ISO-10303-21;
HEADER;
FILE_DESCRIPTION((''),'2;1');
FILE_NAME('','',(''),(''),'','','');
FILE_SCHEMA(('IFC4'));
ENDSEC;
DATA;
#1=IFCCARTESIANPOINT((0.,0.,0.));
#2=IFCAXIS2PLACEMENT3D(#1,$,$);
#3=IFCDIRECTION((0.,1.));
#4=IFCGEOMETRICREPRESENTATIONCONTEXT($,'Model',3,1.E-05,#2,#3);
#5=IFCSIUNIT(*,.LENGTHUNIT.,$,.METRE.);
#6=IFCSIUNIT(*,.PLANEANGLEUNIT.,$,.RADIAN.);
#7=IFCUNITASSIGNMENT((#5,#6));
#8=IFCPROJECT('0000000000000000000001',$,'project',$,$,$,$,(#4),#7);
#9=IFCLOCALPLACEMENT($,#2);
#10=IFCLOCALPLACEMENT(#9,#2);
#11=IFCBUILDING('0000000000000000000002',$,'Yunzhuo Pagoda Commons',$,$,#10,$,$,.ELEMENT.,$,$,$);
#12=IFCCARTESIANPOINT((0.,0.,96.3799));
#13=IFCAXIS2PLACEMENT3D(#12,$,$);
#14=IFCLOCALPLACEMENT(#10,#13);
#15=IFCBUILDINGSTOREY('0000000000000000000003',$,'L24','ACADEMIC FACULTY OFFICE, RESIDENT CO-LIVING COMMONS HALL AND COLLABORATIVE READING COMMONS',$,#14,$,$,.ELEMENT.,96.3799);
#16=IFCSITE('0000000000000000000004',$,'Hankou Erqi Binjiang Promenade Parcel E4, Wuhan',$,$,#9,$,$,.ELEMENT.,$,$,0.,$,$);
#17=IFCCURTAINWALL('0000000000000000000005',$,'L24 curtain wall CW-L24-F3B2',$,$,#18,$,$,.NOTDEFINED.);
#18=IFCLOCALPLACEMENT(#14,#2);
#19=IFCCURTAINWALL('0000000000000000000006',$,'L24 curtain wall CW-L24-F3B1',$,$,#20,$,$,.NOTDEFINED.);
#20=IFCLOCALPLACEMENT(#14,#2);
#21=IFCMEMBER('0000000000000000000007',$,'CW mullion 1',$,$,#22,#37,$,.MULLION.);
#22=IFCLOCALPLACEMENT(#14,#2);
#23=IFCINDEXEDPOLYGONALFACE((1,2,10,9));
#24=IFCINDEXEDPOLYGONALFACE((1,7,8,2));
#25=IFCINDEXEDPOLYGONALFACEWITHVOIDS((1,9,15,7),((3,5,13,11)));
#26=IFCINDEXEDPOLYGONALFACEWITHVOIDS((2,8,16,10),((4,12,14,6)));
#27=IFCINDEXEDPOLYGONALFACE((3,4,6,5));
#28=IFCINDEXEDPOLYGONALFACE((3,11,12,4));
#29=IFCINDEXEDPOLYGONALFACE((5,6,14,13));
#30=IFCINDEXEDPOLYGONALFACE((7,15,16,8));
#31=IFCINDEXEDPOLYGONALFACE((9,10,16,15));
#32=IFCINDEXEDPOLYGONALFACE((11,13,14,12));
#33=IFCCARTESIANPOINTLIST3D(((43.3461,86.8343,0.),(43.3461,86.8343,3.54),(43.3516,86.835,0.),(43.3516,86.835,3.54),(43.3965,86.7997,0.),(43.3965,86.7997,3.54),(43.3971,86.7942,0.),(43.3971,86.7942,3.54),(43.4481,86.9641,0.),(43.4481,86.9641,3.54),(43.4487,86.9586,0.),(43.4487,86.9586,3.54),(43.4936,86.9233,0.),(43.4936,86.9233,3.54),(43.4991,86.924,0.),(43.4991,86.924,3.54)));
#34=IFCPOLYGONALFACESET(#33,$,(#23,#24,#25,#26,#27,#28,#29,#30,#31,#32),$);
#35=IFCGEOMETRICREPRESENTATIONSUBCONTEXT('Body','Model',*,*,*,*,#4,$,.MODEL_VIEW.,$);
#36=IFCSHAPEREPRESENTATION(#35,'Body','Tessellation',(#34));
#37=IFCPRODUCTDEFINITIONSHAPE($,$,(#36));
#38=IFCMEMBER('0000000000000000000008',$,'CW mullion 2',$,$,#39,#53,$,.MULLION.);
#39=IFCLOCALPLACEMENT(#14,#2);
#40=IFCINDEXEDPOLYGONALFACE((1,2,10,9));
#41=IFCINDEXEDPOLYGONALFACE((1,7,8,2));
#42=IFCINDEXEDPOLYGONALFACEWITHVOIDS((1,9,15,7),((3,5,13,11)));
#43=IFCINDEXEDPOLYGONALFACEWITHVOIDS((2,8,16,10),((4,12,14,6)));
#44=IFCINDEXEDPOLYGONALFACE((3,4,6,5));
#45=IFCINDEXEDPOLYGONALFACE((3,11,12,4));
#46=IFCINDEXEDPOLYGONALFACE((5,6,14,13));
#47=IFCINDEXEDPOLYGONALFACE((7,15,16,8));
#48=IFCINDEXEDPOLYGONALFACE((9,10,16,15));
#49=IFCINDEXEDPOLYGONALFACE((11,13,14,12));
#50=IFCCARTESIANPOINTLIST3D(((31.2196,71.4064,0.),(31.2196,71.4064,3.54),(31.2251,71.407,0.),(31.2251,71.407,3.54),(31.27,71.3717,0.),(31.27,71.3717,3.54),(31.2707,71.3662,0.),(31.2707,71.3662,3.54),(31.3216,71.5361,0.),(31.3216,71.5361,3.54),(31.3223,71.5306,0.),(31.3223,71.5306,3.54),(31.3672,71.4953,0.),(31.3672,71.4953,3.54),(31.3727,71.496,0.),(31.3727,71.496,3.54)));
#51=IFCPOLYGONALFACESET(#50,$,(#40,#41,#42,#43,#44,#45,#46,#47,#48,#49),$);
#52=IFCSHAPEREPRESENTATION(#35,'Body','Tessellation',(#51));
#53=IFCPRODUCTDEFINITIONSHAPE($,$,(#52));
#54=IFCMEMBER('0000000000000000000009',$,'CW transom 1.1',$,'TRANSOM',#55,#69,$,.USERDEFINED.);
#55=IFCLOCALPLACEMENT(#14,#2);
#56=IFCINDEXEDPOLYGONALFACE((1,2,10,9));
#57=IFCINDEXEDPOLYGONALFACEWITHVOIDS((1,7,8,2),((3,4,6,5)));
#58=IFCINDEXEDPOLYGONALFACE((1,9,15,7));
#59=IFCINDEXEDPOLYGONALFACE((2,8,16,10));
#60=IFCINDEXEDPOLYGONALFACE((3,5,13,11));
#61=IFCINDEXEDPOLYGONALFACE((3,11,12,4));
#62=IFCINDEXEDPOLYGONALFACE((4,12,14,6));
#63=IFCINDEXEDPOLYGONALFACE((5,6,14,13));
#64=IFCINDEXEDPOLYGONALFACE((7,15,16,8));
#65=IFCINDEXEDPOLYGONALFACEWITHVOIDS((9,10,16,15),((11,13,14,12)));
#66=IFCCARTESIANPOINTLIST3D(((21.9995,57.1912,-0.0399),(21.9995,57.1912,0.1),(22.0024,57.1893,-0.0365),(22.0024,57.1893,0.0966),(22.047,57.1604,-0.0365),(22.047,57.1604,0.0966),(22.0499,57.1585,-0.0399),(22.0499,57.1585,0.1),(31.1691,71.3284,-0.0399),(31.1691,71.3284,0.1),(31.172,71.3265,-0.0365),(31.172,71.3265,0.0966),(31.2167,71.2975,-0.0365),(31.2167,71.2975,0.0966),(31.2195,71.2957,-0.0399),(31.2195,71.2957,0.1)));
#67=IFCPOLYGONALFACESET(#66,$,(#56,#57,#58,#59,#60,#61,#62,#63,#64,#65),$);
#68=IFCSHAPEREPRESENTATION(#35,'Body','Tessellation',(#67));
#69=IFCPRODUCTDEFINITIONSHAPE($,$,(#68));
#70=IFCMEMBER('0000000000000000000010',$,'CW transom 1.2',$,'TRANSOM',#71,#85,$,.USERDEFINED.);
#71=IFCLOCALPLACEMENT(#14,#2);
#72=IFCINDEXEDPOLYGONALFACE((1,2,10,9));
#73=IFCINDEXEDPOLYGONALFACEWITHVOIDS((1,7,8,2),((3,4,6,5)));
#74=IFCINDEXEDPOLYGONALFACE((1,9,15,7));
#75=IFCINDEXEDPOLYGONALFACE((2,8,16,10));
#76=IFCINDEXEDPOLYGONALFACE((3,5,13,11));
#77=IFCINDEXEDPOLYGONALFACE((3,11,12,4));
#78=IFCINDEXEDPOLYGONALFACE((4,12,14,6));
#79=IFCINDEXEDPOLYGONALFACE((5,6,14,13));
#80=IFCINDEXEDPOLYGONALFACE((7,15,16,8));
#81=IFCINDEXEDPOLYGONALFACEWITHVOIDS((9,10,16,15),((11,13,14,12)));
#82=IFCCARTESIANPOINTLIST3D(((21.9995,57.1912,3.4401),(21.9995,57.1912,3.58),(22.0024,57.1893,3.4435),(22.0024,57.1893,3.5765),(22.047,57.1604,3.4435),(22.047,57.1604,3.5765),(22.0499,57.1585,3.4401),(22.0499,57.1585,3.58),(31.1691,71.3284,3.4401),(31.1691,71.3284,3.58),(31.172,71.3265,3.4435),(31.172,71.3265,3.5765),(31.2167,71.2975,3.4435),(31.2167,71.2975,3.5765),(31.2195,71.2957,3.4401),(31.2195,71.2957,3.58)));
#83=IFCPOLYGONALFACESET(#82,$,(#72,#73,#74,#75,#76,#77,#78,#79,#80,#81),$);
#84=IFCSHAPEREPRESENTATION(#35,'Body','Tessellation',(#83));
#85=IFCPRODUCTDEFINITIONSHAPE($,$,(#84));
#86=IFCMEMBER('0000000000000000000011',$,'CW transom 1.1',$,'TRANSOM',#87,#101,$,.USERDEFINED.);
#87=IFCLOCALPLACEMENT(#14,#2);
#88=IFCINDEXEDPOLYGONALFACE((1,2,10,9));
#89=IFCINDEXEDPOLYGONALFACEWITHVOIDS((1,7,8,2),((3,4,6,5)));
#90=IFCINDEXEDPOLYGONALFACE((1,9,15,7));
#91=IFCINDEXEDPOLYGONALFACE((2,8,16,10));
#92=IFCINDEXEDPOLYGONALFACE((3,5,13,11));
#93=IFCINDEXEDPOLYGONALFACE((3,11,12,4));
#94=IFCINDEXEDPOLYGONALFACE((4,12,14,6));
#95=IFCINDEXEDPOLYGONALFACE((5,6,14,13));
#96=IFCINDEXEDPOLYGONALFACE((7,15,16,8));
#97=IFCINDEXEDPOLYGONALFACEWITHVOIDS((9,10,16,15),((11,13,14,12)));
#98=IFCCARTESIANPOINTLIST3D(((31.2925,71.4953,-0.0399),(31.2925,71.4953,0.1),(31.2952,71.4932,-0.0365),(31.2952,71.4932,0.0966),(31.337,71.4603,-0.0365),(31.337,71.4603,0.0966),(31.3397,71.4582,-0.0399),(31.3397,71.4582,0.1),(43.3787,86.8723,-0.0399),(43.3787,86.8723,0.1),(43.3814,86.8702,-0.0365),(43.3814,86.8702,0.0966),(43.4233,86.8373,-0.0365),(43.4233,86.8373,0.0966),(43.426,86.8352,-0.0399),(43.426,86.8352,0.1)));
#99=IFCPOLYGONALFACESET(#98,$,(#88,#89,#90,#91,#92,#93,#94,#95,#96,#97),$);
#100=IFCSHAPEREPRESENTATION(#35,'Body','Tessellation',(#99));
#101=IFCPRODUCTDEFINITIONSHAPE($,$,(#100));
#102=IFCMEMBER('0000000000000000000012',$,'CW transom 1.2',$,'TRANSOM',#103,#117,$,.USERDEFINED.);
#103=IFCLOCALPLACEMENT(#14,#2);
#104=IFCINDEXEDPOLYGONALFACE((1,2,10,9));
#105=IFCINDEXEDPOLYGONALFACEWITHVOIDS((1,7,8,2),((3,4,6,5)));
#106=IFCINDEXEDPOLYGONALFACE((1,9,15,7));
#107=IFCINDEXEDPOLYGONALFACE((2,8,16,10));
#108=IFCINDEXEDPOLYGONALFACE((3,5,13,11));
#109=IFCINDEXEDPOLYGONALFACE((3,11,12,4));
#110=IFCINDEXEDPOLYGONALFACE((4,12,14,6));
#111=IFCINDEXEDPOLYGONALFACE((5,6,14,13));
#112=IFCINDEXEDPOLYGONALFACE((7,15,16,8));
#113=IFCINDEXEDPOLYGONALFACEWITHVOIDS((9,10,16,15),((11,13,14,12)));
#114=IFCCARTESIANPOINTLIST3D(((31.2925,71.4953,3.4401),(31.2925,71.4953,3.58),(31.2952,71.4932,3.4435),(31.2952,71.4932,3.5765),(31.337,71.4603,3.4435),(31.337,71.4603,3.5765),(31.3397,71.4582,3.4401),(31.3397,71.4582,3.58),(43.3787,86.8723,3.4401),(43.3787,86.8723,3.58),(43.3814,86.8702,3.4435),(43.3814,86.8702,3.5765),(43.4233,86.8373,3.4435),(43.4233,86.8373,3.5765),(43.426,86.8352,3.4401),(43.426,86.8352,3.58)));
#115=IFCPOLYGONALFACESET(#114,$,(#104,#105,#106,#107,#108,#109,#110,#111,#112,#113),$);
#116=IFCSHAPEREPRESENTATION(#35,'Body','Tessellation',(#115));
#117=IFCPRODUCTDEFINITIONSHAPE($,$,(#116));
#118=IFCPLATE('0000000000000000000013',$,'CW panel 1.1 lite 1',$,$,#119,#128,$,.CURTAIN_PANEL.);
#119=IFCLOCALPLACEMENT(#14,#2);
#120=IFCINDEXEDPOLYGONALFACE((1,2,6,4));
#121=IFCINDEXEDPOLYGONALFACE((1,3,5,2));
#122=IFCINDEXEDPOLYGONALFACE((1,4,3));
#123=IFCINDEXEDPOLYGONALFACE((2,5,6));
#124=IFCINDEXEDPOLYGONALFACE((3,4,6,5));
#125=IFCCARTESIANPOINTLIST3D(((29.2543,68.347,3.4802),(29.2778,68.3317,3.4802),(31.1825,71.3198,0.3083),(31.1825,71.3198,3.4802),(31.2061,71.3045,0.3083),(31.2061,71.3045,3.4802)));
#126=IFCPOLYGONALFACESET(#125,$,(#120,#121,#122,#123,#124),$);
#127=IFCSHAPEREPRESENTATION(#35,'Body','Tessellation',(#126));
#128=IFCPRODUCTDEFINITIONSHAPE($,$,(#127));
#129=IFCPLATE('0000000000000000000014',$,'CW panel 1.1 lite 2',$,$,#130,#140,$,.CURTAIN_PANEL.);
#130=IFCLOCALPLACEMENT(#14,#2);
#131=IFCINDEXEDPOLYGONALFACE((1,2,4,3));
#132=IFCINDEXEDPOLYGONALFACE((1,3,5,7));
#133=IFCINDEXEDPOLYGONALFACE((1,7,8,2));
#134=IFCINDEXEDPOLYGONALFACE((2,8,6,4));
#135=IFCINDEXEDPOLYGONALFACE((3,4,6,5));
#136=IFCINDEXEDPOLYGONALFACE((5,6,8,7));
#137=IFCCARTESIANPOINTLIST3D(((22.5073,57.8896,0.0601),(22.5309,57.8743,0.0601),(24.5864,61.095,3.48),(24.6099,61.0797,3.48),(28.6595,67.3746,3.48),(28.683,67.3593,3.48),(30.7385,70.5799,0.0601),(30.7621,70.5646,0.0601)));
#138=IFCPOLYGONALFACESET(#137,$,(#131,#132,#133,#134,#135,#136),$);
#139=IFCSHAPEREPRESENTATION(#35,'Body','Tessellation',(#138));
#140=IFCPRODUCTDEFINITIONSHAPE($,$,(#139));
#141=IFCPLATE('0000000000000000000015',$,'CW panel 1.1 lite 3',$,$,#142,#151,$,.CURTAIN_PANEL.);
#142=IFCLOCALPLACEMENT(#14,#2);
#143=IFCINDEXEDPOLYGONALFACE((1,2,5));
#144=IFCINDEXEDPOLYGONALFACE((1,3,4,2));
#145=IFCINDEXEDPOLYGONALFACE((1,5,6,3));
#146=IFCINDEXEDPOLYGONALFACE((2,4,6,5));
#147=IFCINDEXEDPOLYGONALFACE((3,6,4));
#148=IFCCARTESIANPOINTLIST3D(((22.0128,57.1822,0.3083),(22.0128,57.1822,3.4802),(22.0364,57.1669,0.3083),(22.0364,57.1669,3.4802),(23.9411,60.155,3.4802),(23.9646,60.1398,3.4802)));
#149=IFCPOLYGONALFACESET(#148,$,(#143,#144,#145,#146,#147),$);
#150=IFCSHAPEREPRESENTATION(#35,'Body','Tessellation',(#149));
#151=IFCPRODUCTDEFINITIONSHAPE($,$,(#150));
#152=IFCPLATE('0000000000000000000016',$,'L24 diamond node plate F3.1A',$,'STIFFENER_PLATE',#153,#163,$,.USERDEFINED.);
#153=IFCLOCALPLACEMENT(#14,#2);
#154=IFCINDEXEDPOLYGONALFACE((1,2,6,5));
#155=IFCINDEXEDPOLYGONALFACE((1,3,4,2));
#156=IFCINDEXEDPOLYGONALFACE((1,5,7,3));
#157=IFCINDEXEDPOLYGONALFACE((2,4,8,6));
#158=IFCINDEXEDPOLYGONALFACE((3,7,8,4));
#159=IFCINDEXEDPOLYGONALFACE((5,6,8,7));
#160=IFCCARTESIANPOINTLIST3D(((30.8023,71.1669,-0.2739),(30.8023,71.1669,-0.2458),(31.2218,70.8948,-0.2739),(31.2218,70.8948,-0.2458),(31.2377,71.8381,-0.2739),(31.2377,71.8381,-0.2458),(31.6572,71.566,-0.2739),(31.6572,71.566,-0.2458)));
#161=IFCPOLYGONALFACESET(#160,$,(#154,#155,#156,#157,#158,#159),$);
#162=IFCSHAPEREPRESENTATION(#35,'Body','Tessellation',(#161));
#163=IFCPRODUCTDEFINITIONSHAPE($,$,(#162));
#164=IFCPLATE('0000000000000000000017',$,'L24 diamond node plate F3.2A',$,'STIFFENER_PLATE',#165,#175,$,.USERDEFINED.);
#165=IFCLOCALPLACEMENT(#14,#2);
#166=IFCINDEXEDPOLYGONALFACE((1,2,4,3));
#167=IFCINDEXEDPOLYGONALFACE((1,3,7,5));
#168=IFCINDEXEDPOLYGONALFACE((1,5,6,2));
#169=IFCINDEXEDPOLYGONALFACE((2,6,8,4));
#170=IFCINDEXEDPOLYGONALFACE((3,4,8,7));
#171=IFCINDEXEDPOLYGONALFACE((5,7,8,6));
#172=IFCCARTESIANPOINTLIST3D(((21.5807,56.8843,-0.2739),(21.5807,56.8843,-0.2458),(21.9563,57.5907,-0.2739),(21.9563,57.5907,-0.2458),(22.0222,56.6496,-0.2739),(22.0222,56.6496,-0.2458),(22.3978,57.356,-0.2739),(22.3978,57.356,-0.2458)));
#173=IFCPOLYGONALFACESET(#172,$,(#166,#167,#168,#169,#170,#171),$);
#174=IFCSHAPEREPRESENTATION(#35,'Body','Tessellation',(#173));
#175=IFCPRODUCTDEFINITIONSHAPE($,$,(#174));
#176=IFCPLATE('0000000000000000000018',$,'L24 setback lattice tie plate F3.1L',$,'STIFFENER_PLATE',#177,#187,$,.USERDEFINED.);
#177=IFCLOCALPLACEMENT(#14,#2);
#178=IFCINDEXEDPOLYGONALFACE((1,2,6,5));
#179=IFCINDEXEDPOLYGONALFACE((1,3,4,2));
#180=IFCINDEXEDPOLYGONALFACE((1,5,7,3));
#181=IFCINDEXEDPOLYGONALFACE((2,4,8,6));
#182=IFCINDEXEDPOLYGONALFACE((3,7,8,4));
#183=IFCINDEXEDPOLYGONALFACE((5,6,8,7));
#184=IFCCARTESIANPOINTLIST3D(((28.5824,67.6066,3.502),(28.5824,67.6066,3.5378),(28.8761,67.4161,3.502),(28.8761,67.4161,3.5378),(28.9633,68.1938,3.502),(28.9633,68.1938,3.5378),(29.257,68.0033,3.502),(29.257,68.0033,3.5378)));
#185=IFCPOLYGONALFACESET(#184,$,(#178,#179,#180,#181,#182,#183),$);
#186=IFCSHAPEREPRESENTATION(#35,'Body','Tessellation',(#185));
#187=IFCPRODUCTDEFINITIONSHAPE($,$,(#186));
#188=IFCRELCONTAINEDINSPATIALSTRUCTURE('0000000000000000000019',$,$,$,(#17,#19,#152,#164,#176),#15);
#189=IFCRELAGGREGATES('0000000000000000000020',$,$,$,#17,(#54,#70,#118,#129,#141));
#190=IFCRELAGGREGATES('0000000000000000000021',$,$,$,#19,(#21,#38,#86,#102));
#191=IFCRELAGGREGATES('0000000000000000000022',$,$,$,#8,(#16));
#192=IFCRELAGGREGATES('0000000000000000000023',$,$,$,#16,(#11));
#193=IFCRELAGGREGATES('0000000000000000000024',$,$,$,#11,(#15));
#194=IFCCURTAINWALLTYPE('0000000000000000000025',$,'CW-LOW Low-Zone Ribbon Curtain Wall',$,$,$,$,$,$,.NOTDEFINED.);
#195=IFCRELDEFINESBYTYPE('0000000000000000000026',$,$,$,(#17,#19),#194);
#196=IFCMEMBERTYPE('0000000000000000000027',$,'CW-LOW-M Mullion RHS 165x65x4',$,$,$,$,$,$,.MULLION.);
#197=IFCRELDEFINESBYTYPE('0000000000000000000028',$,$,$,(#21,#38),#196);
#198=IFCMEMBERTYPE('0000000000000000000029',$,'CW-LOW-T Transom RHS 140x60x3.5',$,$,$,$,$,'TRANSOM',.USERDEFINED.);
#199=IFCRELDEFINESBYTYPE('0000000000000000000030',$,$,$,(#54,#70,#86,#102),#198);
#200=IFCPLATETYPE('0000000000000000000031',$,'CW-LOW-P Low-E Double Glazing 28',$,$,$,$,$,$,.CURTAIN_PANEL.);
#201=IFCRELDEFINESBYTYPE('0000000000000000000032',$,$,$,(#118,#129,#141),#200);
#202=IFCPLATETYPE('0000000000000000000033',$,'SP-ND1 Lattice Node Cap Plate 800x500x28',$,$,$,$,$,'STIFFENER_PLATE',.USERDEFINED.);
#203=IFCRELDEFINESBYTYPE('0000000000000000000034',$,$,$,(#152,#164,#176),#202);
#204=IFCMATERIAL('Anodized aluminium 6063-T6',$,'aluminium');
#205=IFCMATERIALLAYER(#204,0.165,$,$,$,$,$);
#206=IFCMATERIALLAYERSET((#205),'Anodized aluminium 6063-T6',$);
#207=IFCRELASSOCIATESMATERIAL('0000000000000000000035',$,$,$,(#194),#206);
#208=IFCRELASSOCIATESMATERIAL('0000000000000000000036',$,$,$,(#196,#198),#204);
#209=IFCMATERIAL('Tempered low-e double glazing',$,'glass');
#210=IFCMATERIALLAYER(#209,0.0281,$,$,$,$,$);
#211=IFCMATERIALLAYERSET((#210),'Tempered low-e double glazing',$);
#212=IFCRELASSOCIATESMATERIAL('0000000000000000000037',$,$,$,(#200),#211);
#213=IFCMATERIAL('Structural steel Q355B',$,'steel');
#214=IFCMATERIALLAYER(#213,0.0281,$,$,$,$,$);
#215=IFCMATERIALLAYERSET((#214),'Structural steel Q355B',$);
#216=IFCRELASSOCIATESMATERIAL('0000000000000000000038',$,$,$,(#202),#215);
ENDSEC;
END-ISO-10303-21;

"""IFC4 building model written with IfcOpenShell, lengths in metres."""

from ifc_helpers import new_model, si_unit, direction, frame, origin, origin_2d, place, context, subcontext, project, spatial, polyline, rectangle, hollow_rectangle, outline, extrude, source, transform, mapped, material, layer, layer_set, material_profile, profile_set, type_object, element, aggregate, save


model = new_model("IFC4")

# Units and contexts
model_context = context("Model", 3, precision=1e-05, world=origin(), true_north=direction((0.0, 1.0)))
body_context = subcontext(model_context, "Body", "Model", "MODEL_VIEW")
ifc_project = project(units=[si_unit("LENGTHUNIT", "METRE"), si_unit("PLANEANGLEUNIT", "RADIAN")], contexts=[model_context])

# Site, building, storey
site_placement = place(None, origin())
site = spatial("IfcSite", under=ifc_project, at=site_placement, Name="Hankou Erqi Binjiang Promenade Parcel E4, Wuhan", CompositionType="ELEMENT", RefElevation=0.0)
building_placement = place(site_placement, origin())
building = spatial("IfcBuilding", under=site, at=building_placement, Name="Yunzhuo Pagoda Commons", CompositionType="ELEMENT")
storey_placement = place(building_placement, frame((0.0, 0.0, 96.3799)))
storey = spatial("IfcBuildingStorey", under=building, at=storey_placement, Name="L24", Description="ACADEMIC FACULTY OFFICE, RESIDENT CO-LIVING COMMONS HALL AND COLLABORATIVE READING COMMONS", CompositionType="ELEMENT", Elevation=96.3799)

# Shared definitions
ifc_material_1 = material(Name="Structural steel Q355B", Category="steel")

# Curtain walls, members
ifc_material_2 = material(Name="Anodized aluminium 6063-T6", Category="aluminium")
ifc_layer_1 = layer(ifc_material_2, 0.165)
ifc_layer_set_1 = layer_set([ifc_layer_1], Name="Anodized aluminium 6063-T6")
curtain_wall_type = type_object("IfcCurtainWallType", Name="CW-LOW Low-Zone Ribbon Curtain Wall", PredefinedType="NOTDEFINED", material=ifc_layer_set_1)
curtain_wall_1_placement = place(storey_placement, origin())
curtain_wall_1 = element("IfcCurtainWall", 1, at=curtain_wall_1_placement, inside=storey, type_object=curtain_wall_type, Name="L24 curtain wall CW-L24-F3B2", PredefinedType="NOTDEFINED")
ifc_material_profile_1 = material_profile(ifc_material_2, hollow_rectangle(XDim=0.0649, YDim=0.165, WallThickness=0.0039, at=origin_2d()), Name="Anodized aluminium 6063-T6")
ifc_profile_set_1 = profile_set([ifc_material_profile_1], Name="Anodized aluminium 6063-T6")
member_type_1 = type_object("IfcMemberType", Name="CW-LOW-M Mullion RHS 165x65x4", PredefinedType="MULLION", material=ifc_profile_set_1)
shared_shape_1 = source(origin(), body_context, "Body", "SweptSolid", [
    extrude(hollow_rectangle(XDim=0.0649, YDim=0.165, WallThickness=0.0039, at=origin_2d()), origin(), (0.0, 0.0, 1.0), 3.54),
])
curtain_wall_2_placement = place(storey_placement, origin())
curtain_wall_2 = element("IfcCurtainWall", 2, at=curtain_wall_2_placement, inside=storey, type_object=curtain_wall_type, Name="L24 curtain wall CW-L24-F3B1", PredefinedType="NOTDEFINED")
member_1_placement = place(storey_placement, frame((43.4226, 86.8792, 0.0), z_axis=(0.0, 0.0, 1.0), x_axis=(0.786215, -0.617953, 0.0)))
member_1 = element("IfcMember", 3, at=member_1_placement, type_object=member_type_1, Name="CW mullion 1", PredefinedType="MULLION", context=body_context, shape_type="MappedRepresentation", body=[
    mapped(shared_shape_1, transform((0.0, 0.0, 0.0), scale=1.0)),
])
member_2_placement = place(storey_placement, frame((31.2961, 71.4512, 0.0), z_axis=(0.0, 0.0, 1.0), x_axis=(0.786215, -0.617953, 0.0)))
member_2 = element("IfcMember", 4, at=member_2_placement, type_object=member_type_1, Name="CW mullion 2", PredefinedType="MULLION", context=body_context, shape_type="MappedRepresentation", body=[
    mapped(shared_shape_1, transform((0.0, 0.0, 0.0), scale=1.0)),
])

# Members
ifc_material_profile_2 = material_profile(ifc_material_2, hollow_rectangle(XDim=0.0601, YDim=0.1399, WallThickness=0.0034, at=origin_2d()), Name="Anodized aluminium 6063-T6")
ifc_profile_set_2 = profile_set([ifc_material_profile_2], Name="Anodized aluminium 6063-T6")
member_type_2 = type_object("IfcMemberType", Name="CW-LOW-T Transom RHS 140x60x3.5", ElementType="TRANSOM", PredefinedType="USERDEFINED", material=ifc_profile_set_2)
shared_shape_2 = source(origin(), body_context, "Body", "SweptSolid", [
    extrude(hollow_rectangle(XDim=0.0601, YDim=0.1399, WallThickness=0.0034, at=origin_2d()), origin(), (0.0, 0.0, 1.0), 16.8506),
])
member_3_placement = place(storey_placement, frame((31.1943, 71.312, 0.03), z_axis=(-0.544174, -0.838972, 0.0), x_axis=(0.838972, -0.544174, 0.0)))
member_3 = element("IfcMember", 5, at=member_3_placement, type_object=member_type_2, Name="CW transom 1.1", ObjectType="TRANSOM", PredefinedType="USERDEFINED", context=body_context, shape_type="MappedRepresentation", body=[
    mapped(shared_shape_2, transform((0.0, 0.0, 0.0), scale=1.0)),
])
member_4_placement = place(storey_placement, frame((31.1943, 71.312, 3.51), z_axis=(-0.544174, -0.838972, 0.0), x_axis=(0.838972, -0.544174, 0.0)))
member_4 = element("IfcMember", 6, at=member_4_placement, type_object=member_type_2, Name="CW transom 1.2", ObjectType="TRANSOM", PredefinedType="USERDEFINED", context=body_context, shape_type="MappedRepresentation", body=[
    mapped(shared_shape_2, transform((0.0, 0.0, 0.0), scale=1.0)),
])
shared_shape_3 = source(origin(), body_context, "Body", "SweptSolid", [
    extrude(hollow_rectangle(XDim=0.0601, YDim=0.1399, WallThickness=0.0034, at=origin_2d()), origin(), (0.0, 0.0, 1.0), 19.5583),
])
member_5_placement = place(storey_placement, frame((43.4023, 86.8538, 0.03), z_axis=(-0.617957, -0.786212, 0.0), x_axis=(0.786212, -0.617957, 0.0)))
member_5 = element("IfcMember", 7, at=member_5_placement, type_object=member_type_2, Name="CW transom 1.1", ObjectType="TRANSOM", PredefinedType="USERDEFINED", context=body_context, shape_type="MappedRepresentation", body=[
    mapped(shared_shape_3, transform((0.0, 0.0, 0.0), scale=1.0)),
])
member_6_placement = place(storey_placement, frame((43.4023, 86.8538, 3.51), z_axis=(-0.617957, -0.786212, 0.0), x_axis=(0.786212, -0.617957, 0.0)))
member_6 = element("IfcMember", 8, at=member_6_placement, type_object=member_type_2, Name="CW transom 1.2", ObjectType="TRANSOM", PredefinedType="USERDEFINED", context=body_context, shape_type="MappedRepresentation", body=[
    mapped(shared_shape_3, transform((0.0, 0.0, 0.0), scale=1.0)),
])

# Plates
ifc_material_3 = material(Name="Tempered low-e double glazing", Category="glass")
ifc_layer_2 = layer(ifc_material_3, 0.0281)
ifc_layer_set_2 = layer_set([ifc_layer_2], Name="Tempered low-e double glazing")
plate_type_1 = type_object("IfcPlateType", Name="CW-LOW-P Low-E Double Glazing 28", PredefinedType="CURTAIN_PANEL", material=ifc_layer_set_2)
plate_1_placement = place(storey_placement, frame((30.2419, 69.8181, 1.8943), z_axis=(-0.838972, 0.544174, 0.0), x_axis=(-0.544174, -0.838972, 0.0)))
plate_1 = element("IfcPlate", 9, at=plate_1_placement, type_object=plate_type_1, Name="CW panel 1.1 lite 1", PredefinedType="CURTAIN_PANEL", context=body_context, shape_type="SweptSolid", body=[
    extrude(outline(polyline([(-1.7717, -1.5859), (1.7717, 1.5859), (-1.7717, 1.5859), (-1.7717, -1.5859)])), origin(), (0.0, 0.0, 1.0), 0.0281),
])
plate_2_placement = place(storey_placement, frame((26.6465, 64.2195, 1.77), z_axis=(-0.838972, 0.544174, 0.0), x_axis=(-0.544174, -0.838972, 0.0)))
plate_2 = element("IfcPlate", 10, at=plate_2_placement, type_object=plate_type_1, Name="CW panel 1.1 lite 2", PredefinedType="CURTAIN_PANEL", context=body_context, shape_type="SweptSolid", body=[
    extrude(outline(polyline([(-7.563, -1.71), (7.563, -1.71), (3.7424, 1.71), (-3.7424, 1.71), (-7.563, -1.71)])), origin(), (0.0, 0.0, 1.0), 0.0281),
])
plate_3_placement = place(storey_placement, frame((23.0005, 58.6533, 1.8943), z_axis=(-0.838972, 0.544174, 0.0), x_axis=(-0.544174, -0.838972, 0.0)))
plate_3 = element("IfcPlate", 11, at=plate_3_placement, type_object=plate_type_1, Name="CW panel 1.1 lite 3", PredefinedType="CURTAIN_PANEL", context=body_context, shape_type="SweptSolid", body=[
    extrude(outline(polyline([(-1.7717, 1.5859), (1.7717, -1.5859), (1.7717, 1.5859), (-1.7717, 1.5859)])), origin(), (0.0, 0.0, 1.0), 0.0281),
])
aggregate(curtain_wall_1, [member_3, member_4, plate_1, plate_2, plate_3])

# Plates
ifc_layer_3 = layer(ifc_material_1, 0.0281)
ifc_layer_set_3 = layer_set([ifc_layer_3], Name="Structural steel Q355B")
plate_type_2 = type_object("IfcPlateType", Name="SP-ND1 Lattice Node Cap Plate 800x500x28", ElementType="STIFFENER_PLATE", PredefinedType="USERDEFINED", material=ifc_layer_set_3)
shared_shape_4 = source(origin(), body_context, "Body", "SweptSolid", [
    extrude(rectangle(XDim=0.8, YDim=0.5, at=origin_2d()), origin(), (0.0, 0.0, 1.0), 0.0281),
])
for number, where, z_axis, x_axis, name in (
    (12, (31.2297, 71.3665, -0.2739), (0.0, 0.0, 1.0), (-0.544171, -0.838975, 0.0), "L24 diamond node plate F3.1A"),
    (13, (21.9893, 57.1201, -0.2739), (0.0, 0.0, 1.0), (-0.469425, -0.882972, 0.0), "L24 diamond node plate F3.2A"),
):
    element("IfcPlate", number, at=place(storey_placement, frame(where, z_axis=z_axis, x_axis=x_axis)), inside=storey, type_object=plate_type_2, Name=name, ObjectType="STIFFENER_PLATE", PredefinedType="USERDEFINED", context=body_context, shape_type="MappedRepresentation", body=[
        mapped(shared_shape_4, transform((0.0, 0.0, 0.0), scale=1.0)),
    ])
shared_shape_5 = source(origin(), body_context, "Body", "SweptSolid", [
    extrude(rectangle(XDim=0.7, YDim=0.3501, at=origin_2d()), origin(), (0.0, 0.0, 1.0), 0.0359),
])
for number, where, z_axis, x_axis, name in (
    (14, (28.9197, 67.8049, 3.502), (0.0, 0.0, 1.0), (-0.544171, -0.838975, 0.0), "L24 setback lattice tie plate F3.1L"),
):
    element("IfcPlate", number, at=place(storey_placement, frame(where, z_axis=z_axis, x_axis=x_axis)), inside=storey, type_object=plate_type_2, Name=name, ObjectType="STIFFENER_PLATE", PredefinedType="USERDEFINED", context=body_context, shape_type="MappedRepresentation", body=[
        mapped(shared_shape_5, transform((0.0, 0.0, 0.0), scale=1.0)),
    ])

aggregate(curtain_wall_2, [member_1, member_2, member_5, member_6])

save(model, "model.ifc")
